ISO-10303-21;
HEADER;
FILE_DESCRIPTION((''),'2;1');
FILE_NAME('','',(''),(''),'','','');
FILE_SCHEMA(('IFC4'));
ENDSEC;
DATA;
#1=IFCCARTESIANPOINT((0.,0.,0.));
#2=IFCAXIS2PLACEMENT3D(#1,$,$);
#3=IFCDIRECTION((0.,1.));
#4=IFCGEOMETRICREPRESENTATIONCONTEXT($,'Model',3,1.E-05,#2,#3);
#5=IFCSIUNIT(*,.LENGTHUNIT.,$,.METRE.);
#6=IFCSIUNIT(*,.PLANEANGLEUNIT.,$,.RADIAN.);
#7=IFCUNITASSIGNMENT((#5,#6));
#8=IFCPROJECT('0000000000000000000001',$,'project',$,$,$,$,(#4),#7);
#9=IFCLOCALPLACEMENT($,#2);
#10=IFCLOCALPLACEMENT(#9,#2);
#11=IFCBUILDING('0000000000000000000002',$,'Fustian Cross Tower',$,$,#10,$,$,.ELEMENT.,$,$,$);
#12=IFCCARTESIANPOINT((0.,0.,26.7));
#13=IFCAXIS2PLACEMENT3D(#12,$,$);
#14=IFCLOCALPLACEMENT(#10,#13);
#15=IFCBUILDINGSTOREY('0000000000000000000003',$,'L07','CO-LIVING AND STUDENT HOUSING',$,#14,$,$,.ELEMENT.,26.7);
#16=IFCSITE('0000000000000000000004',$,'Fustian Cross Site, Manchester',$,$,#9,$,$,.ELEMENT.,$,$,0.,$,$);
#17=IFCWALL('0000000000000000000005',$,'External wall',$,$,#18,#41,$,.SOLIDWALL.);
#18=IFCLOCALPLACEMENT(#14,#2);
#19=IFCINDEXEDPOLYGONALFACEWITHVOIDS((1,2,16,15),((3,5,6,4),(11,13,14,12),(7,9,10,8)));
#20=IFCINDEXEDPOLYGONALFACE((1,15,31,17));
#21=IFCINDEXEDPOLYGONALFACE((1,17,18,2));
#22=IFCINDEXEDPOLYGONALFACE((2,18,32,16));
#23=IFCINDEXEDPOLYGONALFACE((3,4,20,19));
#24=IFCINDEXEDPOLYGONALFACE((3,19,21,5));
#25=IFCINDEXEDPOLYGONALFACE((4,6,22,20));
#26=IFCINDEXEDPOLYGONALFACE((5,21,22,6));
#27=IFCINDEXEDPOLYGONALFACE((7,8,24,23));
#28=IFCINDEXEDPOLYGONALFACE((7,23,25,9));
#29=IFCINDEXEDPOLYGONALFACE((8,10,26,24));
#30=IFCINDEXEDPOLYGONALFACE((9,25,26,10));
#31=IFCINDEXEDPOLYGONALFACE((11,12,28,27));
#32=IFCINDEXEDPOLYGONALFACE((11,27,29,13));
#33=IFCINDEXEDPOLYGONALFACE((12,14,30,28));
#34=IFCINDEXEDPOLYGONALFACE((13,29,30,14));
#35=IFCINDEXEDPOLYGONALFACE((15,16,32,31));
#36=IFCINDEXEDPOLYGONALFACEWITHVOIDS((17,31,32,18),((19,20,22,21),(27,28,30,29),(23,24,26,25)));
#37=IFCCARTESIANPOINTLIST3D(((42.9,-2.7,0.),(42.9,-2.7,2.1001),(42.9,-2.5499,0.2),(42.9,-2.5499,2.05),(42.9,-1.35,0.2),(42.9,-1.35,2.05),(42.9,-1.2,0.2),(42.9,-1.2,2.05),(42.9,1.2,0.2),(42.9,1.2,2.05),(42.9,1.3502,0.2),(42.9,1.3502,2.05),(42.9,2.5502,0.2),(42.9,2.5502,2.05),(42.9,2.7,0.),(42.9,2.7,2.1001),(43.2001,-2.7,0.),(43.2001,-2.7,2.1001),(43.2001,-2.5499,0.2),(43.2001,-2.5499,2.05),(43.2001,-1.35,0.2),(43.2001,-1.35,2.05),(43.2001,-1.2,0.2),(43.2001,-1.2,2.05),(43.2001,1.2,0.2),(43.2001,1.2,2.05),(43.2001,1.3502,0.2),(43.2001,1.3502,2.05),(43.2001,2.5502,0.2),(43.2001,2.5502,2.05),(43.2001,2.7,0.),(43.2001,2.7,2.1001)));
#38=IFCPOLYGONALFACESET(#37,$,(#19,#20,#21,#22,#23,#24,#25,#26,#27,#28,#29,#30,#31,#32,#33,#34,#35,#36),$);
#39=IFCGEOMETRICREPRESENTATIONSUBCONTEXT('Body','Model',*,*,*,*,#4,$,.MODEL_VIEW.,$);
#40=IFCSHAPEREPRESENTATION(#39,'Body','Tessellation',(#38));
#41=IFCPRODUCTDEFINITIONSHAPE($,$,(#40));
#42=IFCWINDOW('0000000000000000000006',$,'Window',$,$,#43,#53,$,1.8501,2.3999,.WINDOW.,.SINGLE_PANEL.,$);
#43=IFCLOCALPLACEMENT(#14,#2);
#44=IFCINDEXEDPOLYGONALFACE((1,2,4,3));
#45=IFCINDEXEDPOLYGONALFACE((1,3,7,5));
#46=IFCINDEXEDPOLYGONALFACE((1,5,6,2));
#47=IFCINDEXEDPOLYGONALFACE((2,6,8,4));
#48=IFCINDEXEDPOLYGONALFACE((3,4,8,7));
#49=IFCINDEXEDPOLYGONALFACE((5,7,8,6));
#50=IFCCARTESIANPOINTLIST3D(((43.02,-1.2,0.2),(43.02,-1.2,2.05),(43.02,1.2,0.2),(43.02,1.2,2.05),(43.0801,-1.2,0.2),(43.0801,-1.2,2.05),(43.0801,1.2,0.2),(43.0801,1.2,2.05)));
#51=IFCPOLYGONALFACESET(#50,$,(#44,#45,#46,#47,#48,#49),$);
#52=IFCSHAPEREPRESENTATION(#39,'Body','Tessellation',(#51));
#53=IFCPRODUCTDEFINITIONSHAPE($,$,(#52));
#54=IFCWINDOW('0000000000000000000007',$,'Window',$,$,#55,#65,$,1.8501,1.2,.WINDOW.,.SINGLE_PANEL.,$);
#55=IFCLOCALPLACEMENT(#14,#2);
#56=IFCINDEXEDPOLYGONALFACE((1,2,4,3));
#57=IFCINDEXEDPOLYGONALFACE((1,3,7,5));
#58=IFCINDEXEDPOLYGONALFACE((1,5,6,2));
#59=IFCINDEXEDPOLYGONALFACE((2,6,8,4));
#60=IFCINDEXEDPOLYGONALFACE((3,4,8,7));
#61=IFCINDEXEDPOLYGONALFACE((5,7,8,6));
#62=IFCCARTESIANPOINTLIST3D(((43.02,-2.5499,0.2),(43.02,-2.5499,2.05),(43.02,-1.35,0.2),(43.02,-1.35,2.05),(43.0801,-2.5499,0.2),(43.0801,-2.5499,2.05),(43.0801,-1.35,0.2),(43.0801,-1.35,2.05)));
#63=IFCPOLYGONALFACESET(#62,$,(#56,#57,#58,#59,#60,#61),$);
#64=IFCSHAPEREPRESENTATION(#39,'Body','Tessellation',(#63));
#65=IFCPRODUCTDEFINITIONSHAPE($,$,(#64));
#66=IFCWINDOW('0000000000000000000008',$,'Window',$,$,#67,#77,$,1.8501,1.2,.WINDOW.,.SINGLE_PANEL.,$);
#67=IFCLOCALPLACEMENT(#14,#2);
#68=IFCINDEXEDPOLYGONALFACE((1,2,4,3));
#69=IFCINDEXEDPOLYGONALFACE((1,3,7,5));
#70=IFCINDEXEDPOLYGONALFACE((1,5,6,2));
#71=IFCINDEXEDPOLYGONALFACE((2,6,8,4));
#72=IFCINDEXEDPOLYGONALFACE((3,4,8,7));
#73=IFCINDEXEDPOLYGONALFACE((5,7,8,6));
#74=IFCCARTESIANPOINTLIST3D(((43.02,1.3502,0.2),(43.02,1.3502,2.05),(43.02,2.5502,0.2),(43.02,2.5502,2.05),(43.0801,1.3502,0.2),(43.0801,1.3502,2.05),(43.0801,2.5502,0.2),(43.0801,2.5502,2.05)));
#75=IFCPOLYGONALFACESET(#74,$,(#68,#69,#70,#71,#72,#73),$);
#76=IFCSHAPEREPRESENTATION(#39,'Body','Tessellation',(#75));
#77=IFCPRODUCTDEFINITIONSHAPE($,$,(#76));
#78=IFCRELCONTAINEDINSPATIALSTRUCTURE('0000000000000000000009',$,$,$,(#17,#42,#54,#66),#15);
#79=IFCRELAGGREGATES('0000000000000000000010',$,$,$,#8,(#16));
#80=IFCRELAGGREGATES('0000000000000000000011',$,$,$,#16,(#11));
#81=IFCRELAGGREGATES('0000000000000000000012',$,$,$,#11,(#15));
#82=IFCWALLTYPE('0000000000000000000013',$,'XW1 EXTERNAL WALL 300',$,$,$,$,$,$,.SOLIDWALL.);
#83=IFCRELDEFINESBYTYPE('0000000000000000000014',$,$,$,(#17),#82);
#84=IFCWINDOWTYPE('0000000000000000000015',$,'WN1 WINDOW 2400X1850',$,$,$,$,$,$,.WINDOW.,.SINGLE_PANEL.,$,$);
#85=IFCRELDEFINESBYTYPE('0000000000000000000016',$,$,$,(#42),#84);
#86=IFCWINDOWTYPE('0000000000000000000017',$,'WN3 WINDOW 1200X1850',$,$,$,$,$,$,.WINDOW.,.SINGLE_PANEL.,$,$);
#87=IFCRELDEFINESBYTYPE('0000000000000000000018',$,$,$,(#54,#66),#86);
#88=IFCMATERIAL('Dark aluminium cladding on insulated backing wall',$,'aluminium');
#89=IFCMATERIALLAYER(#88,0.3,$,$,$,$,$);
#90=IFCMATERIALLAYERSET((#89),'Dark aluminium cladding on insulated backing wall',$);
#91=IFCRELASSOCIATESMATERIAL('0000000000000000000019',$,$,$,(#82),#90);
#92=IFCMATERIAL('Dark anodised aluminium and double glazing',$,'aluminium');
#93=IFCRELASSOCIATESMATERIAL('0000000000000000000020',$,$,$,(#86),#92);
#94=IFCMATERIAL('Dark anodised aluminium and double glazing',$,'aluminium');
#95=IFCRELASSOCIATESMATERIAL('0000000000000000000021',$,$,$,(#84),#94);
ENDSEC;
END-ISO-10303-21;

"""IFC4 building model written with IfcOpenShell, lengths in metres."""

from ifc_helpers import new_model, si_unit, direction, frame, frame_2d, origin, place, context, subcontext, project, spatial, rectangle, extrude, material, layer, layer_set, type_object, element, fill, save


model = new_model("IFC4")

# Units and contexts
model_context = context("Model", 3, precision=1e-05, world=origin(), true_north=direction((0.0, 1.0)))
body_context = subcontext(model_context, "Body", "Model", "MODEL_VIEW")
ifc_project = project(units=[si_unit("LENGTHUNIT", "METRE"), si_unit("PLANEANGLEUNIT", "RADIAN")], contexts=[model_context])

# Site, building, storey
site_placement = place(None, origin())
site = spatial("IfcSite", under=ifc_project, at=site_placement, Name="Fustian Cross Site, Manchester", CompositionType="ELEMENT", RefElevation=0.0)
building_placement = place(site_placement, origin())
building = spatial("IfcBuilding", under=site, at=building_placement, Name="Fustian Cross Tower", CompositionType="ELEMENT")
storey_placement = place(building_placement, frame((0.0, 0.0, 26.7)))
storey = spatial("IfcBuildingStorey", under=building, at=storey_placement, Name="L07", Description="CO-LIVING AND STUDENT HOUSING", CompositionType="ELEMENT", Elevation=26.7)

# Shared definitions
ifc_material_1 = material(Name="Dark aluminium cladding on insulated backing wall", Category="aluminium")
ifc_layer_1 = layer(ifc_material_1, 0.3)
ifc_layer_set_1 = layer_set([ifc_layer_1], Name="Dark aluminium cladding on insulated backing wall")
wall_type_1 = type_object("IfcWallType", Name="XW1 EXTERNAL WALL 300", PredefinedType="SOLIDWALL", material=ifc_layer_set_1)

# Shared definitions
ifc_material_2 = material(Name="Dark anodised aluminium and double glazing", Category="aluminium")
window_type_1 = type_object("IfcWindowType", Name="WN3 WINDOW 1200X1850", PartitioningType="SINGLE_PANEL", PredefinedType="WINDOW", material=ifc_material_2)

# Wall, openings, windows
wall_1_placement = place(storey_placement, frame((43.05, -2.7, 0.0), z_axis=(0.0, 0.0, 1.0), x_axis=(0.0, 1.0, 0.0)))
wall_1 = element("IfcWall", 1, at=wall_1_placement, inside=storey, type_object=wall_type_1, Name="External wall", PredefinedType="SOLIDWALL", context=body_context, shape_type="SweptSolid", body=[
    extrude(rectangle(XDim=5.3999, YDim=0.3, at=frame_2d((2.7, 0.0))), origin(), (0.0, 0.0, 1.0), 2.1001),
])
opening_1_placement = place(wall_1_placement, frame((1.5, 0.0, 0.2)))
opening_1 = element("IfcOpeningElement", 2, at=opening_1_placement, cuts=wall_1, PredefinedType="OPENING", context=body_context, shape_type="SweptSolid", body=[
    extrude(rectangle(XDim=2.3999, YDim=1.8501, at=frame_2d((1.2, 0.925))), frame((0.0, 0.1599, 0.0), z_axis=(0.0, -1.0, 0.0), x_axis=(1.0, 0.0, 0.0)), (0.0, 0.0, 1.0), 0.3201),
])
opening_2_placement = place(wall_1_placement, frame((0.1499, 0.0, 0.2)))
opening_2 = element("IfcOpeningElement", 3, at=opening_2_placement, cuts=wall_1, PredefinedType="OPENING", context=body_context, shape_type="SweptSolid", body=[
    extrude(rectangle(XDim=1.2, YDim=1.8501, at=frame_2d((0.6001, 0.925))), frame((0.0, 0.1599, 0.0), z_axis=(0.0, -1.0, 0.0), x_axis=(1.0, 0.0, 0.0)), (0.0, 0.0, 1.0), 0.3201),
])
opening_3_placement = place(wall_1_placement, frame((4.05, 0.0, 0.2)))
opening_3 = element("IfcOpeningElement", 4, at=opening_3_placement, cuts=wall_1, PredefinedType="OPENING", context=body_context, shape_type="SweptSolid", body=[
    extrude(rectangle(XDim=1.2, YDim=1.8501, at=frame_2d((0.6001, 0.925))), frame((0.0, 0.1599, 0.0), z_axis=(0.0, -1.0, 0.0), x_axis=(1.0, 0.0, 0.0)), (0.0, 0.0, 1.0), 0.3201),
])
ifc_material_3 = material(Name="Dark anodised aluminium and double glazing", Category="aluminium")
window_type_2 = type_object("IfcWindowType", Name="WN1 WINDOW 2400X1850", PartitioningType="SINGLE_PANEL", PredefinedType="WINDOW", material=ifc_material_3)
window_1_placement = place(opening_1_placement, origin())
window_1 = element("IfcWindow", 5, at=window_1_placement, inside=storey, type_object=window_type_2, Name="Window", OverallHeight=1.8501, OverallWidth=2.3999, PartitioningType="SINGLE_PANEL", PredefinedType="WINDOW", context=body_context, shape_type="SweptSolid", body=[
    extrude(rectangle(XDim=2.3999, YDim=1.8501, at=frame_2d((1.2, 0.925))), frame((0.0, 0.03, 0.0), z_axis=(0.0, -1.0, 0.0), x_axis=(1.0, 0.0, 0.0)), (0.0, 0.0, 1.0), 0.0601),
])
fill(opening_1, window_1)
window_2_placement = place(opening_2_placement, origin())
window_2 = element("IfcWindow", 6, at=window_2_placement, inside=storey, type_object=window_type_1, Name="Window", OverallHeight=1.8501, OverallWidth=1.2, PartitioningType="SINGLE_PANEL", PredefinedType="WINDOW", context=body_context, shape_type="SweptSolid", body=[
    extrude(rectangle(XDim=1.2, YDim=1.8501, at=frame_2d((0.6001, 0.925))), frame((0.0, 0.03, 0.0), z_axis=(0.0, -1.0, 0.0), x_axis=(1.0, 0.0, 0.0)), (0.0, 0.0, 1.0), 0.0601),
])
fill(opening_2, window_2)
window_3_placement = place(opening_3_placement, origin())
window_3 = element("IfcWindow", 7, at=window_3_placement, inside=storey, type_object=window_type_1, Name="Window", OverallHeight=1.8501, OverallWidth=1.2, PartitioningType="SINGLE_PANEL", PredefinedType="WINDOW", context=body_context, shape_type="SweptSolid", body=[
    extrude(rectangle(XDim=1.2, YDim=1.8501, at=frame_2d((0.6001, 0.925))), frame((0.0, 0.03, 0.0), z_axis=(0.0, -1.0, 0.0), x_axis=(1.0, 0.0, 0.0)), (0.0, 0.0, 1.0), 0.0601),
])
fill(opening_3, window_3)

save(model, "model.ifc")
